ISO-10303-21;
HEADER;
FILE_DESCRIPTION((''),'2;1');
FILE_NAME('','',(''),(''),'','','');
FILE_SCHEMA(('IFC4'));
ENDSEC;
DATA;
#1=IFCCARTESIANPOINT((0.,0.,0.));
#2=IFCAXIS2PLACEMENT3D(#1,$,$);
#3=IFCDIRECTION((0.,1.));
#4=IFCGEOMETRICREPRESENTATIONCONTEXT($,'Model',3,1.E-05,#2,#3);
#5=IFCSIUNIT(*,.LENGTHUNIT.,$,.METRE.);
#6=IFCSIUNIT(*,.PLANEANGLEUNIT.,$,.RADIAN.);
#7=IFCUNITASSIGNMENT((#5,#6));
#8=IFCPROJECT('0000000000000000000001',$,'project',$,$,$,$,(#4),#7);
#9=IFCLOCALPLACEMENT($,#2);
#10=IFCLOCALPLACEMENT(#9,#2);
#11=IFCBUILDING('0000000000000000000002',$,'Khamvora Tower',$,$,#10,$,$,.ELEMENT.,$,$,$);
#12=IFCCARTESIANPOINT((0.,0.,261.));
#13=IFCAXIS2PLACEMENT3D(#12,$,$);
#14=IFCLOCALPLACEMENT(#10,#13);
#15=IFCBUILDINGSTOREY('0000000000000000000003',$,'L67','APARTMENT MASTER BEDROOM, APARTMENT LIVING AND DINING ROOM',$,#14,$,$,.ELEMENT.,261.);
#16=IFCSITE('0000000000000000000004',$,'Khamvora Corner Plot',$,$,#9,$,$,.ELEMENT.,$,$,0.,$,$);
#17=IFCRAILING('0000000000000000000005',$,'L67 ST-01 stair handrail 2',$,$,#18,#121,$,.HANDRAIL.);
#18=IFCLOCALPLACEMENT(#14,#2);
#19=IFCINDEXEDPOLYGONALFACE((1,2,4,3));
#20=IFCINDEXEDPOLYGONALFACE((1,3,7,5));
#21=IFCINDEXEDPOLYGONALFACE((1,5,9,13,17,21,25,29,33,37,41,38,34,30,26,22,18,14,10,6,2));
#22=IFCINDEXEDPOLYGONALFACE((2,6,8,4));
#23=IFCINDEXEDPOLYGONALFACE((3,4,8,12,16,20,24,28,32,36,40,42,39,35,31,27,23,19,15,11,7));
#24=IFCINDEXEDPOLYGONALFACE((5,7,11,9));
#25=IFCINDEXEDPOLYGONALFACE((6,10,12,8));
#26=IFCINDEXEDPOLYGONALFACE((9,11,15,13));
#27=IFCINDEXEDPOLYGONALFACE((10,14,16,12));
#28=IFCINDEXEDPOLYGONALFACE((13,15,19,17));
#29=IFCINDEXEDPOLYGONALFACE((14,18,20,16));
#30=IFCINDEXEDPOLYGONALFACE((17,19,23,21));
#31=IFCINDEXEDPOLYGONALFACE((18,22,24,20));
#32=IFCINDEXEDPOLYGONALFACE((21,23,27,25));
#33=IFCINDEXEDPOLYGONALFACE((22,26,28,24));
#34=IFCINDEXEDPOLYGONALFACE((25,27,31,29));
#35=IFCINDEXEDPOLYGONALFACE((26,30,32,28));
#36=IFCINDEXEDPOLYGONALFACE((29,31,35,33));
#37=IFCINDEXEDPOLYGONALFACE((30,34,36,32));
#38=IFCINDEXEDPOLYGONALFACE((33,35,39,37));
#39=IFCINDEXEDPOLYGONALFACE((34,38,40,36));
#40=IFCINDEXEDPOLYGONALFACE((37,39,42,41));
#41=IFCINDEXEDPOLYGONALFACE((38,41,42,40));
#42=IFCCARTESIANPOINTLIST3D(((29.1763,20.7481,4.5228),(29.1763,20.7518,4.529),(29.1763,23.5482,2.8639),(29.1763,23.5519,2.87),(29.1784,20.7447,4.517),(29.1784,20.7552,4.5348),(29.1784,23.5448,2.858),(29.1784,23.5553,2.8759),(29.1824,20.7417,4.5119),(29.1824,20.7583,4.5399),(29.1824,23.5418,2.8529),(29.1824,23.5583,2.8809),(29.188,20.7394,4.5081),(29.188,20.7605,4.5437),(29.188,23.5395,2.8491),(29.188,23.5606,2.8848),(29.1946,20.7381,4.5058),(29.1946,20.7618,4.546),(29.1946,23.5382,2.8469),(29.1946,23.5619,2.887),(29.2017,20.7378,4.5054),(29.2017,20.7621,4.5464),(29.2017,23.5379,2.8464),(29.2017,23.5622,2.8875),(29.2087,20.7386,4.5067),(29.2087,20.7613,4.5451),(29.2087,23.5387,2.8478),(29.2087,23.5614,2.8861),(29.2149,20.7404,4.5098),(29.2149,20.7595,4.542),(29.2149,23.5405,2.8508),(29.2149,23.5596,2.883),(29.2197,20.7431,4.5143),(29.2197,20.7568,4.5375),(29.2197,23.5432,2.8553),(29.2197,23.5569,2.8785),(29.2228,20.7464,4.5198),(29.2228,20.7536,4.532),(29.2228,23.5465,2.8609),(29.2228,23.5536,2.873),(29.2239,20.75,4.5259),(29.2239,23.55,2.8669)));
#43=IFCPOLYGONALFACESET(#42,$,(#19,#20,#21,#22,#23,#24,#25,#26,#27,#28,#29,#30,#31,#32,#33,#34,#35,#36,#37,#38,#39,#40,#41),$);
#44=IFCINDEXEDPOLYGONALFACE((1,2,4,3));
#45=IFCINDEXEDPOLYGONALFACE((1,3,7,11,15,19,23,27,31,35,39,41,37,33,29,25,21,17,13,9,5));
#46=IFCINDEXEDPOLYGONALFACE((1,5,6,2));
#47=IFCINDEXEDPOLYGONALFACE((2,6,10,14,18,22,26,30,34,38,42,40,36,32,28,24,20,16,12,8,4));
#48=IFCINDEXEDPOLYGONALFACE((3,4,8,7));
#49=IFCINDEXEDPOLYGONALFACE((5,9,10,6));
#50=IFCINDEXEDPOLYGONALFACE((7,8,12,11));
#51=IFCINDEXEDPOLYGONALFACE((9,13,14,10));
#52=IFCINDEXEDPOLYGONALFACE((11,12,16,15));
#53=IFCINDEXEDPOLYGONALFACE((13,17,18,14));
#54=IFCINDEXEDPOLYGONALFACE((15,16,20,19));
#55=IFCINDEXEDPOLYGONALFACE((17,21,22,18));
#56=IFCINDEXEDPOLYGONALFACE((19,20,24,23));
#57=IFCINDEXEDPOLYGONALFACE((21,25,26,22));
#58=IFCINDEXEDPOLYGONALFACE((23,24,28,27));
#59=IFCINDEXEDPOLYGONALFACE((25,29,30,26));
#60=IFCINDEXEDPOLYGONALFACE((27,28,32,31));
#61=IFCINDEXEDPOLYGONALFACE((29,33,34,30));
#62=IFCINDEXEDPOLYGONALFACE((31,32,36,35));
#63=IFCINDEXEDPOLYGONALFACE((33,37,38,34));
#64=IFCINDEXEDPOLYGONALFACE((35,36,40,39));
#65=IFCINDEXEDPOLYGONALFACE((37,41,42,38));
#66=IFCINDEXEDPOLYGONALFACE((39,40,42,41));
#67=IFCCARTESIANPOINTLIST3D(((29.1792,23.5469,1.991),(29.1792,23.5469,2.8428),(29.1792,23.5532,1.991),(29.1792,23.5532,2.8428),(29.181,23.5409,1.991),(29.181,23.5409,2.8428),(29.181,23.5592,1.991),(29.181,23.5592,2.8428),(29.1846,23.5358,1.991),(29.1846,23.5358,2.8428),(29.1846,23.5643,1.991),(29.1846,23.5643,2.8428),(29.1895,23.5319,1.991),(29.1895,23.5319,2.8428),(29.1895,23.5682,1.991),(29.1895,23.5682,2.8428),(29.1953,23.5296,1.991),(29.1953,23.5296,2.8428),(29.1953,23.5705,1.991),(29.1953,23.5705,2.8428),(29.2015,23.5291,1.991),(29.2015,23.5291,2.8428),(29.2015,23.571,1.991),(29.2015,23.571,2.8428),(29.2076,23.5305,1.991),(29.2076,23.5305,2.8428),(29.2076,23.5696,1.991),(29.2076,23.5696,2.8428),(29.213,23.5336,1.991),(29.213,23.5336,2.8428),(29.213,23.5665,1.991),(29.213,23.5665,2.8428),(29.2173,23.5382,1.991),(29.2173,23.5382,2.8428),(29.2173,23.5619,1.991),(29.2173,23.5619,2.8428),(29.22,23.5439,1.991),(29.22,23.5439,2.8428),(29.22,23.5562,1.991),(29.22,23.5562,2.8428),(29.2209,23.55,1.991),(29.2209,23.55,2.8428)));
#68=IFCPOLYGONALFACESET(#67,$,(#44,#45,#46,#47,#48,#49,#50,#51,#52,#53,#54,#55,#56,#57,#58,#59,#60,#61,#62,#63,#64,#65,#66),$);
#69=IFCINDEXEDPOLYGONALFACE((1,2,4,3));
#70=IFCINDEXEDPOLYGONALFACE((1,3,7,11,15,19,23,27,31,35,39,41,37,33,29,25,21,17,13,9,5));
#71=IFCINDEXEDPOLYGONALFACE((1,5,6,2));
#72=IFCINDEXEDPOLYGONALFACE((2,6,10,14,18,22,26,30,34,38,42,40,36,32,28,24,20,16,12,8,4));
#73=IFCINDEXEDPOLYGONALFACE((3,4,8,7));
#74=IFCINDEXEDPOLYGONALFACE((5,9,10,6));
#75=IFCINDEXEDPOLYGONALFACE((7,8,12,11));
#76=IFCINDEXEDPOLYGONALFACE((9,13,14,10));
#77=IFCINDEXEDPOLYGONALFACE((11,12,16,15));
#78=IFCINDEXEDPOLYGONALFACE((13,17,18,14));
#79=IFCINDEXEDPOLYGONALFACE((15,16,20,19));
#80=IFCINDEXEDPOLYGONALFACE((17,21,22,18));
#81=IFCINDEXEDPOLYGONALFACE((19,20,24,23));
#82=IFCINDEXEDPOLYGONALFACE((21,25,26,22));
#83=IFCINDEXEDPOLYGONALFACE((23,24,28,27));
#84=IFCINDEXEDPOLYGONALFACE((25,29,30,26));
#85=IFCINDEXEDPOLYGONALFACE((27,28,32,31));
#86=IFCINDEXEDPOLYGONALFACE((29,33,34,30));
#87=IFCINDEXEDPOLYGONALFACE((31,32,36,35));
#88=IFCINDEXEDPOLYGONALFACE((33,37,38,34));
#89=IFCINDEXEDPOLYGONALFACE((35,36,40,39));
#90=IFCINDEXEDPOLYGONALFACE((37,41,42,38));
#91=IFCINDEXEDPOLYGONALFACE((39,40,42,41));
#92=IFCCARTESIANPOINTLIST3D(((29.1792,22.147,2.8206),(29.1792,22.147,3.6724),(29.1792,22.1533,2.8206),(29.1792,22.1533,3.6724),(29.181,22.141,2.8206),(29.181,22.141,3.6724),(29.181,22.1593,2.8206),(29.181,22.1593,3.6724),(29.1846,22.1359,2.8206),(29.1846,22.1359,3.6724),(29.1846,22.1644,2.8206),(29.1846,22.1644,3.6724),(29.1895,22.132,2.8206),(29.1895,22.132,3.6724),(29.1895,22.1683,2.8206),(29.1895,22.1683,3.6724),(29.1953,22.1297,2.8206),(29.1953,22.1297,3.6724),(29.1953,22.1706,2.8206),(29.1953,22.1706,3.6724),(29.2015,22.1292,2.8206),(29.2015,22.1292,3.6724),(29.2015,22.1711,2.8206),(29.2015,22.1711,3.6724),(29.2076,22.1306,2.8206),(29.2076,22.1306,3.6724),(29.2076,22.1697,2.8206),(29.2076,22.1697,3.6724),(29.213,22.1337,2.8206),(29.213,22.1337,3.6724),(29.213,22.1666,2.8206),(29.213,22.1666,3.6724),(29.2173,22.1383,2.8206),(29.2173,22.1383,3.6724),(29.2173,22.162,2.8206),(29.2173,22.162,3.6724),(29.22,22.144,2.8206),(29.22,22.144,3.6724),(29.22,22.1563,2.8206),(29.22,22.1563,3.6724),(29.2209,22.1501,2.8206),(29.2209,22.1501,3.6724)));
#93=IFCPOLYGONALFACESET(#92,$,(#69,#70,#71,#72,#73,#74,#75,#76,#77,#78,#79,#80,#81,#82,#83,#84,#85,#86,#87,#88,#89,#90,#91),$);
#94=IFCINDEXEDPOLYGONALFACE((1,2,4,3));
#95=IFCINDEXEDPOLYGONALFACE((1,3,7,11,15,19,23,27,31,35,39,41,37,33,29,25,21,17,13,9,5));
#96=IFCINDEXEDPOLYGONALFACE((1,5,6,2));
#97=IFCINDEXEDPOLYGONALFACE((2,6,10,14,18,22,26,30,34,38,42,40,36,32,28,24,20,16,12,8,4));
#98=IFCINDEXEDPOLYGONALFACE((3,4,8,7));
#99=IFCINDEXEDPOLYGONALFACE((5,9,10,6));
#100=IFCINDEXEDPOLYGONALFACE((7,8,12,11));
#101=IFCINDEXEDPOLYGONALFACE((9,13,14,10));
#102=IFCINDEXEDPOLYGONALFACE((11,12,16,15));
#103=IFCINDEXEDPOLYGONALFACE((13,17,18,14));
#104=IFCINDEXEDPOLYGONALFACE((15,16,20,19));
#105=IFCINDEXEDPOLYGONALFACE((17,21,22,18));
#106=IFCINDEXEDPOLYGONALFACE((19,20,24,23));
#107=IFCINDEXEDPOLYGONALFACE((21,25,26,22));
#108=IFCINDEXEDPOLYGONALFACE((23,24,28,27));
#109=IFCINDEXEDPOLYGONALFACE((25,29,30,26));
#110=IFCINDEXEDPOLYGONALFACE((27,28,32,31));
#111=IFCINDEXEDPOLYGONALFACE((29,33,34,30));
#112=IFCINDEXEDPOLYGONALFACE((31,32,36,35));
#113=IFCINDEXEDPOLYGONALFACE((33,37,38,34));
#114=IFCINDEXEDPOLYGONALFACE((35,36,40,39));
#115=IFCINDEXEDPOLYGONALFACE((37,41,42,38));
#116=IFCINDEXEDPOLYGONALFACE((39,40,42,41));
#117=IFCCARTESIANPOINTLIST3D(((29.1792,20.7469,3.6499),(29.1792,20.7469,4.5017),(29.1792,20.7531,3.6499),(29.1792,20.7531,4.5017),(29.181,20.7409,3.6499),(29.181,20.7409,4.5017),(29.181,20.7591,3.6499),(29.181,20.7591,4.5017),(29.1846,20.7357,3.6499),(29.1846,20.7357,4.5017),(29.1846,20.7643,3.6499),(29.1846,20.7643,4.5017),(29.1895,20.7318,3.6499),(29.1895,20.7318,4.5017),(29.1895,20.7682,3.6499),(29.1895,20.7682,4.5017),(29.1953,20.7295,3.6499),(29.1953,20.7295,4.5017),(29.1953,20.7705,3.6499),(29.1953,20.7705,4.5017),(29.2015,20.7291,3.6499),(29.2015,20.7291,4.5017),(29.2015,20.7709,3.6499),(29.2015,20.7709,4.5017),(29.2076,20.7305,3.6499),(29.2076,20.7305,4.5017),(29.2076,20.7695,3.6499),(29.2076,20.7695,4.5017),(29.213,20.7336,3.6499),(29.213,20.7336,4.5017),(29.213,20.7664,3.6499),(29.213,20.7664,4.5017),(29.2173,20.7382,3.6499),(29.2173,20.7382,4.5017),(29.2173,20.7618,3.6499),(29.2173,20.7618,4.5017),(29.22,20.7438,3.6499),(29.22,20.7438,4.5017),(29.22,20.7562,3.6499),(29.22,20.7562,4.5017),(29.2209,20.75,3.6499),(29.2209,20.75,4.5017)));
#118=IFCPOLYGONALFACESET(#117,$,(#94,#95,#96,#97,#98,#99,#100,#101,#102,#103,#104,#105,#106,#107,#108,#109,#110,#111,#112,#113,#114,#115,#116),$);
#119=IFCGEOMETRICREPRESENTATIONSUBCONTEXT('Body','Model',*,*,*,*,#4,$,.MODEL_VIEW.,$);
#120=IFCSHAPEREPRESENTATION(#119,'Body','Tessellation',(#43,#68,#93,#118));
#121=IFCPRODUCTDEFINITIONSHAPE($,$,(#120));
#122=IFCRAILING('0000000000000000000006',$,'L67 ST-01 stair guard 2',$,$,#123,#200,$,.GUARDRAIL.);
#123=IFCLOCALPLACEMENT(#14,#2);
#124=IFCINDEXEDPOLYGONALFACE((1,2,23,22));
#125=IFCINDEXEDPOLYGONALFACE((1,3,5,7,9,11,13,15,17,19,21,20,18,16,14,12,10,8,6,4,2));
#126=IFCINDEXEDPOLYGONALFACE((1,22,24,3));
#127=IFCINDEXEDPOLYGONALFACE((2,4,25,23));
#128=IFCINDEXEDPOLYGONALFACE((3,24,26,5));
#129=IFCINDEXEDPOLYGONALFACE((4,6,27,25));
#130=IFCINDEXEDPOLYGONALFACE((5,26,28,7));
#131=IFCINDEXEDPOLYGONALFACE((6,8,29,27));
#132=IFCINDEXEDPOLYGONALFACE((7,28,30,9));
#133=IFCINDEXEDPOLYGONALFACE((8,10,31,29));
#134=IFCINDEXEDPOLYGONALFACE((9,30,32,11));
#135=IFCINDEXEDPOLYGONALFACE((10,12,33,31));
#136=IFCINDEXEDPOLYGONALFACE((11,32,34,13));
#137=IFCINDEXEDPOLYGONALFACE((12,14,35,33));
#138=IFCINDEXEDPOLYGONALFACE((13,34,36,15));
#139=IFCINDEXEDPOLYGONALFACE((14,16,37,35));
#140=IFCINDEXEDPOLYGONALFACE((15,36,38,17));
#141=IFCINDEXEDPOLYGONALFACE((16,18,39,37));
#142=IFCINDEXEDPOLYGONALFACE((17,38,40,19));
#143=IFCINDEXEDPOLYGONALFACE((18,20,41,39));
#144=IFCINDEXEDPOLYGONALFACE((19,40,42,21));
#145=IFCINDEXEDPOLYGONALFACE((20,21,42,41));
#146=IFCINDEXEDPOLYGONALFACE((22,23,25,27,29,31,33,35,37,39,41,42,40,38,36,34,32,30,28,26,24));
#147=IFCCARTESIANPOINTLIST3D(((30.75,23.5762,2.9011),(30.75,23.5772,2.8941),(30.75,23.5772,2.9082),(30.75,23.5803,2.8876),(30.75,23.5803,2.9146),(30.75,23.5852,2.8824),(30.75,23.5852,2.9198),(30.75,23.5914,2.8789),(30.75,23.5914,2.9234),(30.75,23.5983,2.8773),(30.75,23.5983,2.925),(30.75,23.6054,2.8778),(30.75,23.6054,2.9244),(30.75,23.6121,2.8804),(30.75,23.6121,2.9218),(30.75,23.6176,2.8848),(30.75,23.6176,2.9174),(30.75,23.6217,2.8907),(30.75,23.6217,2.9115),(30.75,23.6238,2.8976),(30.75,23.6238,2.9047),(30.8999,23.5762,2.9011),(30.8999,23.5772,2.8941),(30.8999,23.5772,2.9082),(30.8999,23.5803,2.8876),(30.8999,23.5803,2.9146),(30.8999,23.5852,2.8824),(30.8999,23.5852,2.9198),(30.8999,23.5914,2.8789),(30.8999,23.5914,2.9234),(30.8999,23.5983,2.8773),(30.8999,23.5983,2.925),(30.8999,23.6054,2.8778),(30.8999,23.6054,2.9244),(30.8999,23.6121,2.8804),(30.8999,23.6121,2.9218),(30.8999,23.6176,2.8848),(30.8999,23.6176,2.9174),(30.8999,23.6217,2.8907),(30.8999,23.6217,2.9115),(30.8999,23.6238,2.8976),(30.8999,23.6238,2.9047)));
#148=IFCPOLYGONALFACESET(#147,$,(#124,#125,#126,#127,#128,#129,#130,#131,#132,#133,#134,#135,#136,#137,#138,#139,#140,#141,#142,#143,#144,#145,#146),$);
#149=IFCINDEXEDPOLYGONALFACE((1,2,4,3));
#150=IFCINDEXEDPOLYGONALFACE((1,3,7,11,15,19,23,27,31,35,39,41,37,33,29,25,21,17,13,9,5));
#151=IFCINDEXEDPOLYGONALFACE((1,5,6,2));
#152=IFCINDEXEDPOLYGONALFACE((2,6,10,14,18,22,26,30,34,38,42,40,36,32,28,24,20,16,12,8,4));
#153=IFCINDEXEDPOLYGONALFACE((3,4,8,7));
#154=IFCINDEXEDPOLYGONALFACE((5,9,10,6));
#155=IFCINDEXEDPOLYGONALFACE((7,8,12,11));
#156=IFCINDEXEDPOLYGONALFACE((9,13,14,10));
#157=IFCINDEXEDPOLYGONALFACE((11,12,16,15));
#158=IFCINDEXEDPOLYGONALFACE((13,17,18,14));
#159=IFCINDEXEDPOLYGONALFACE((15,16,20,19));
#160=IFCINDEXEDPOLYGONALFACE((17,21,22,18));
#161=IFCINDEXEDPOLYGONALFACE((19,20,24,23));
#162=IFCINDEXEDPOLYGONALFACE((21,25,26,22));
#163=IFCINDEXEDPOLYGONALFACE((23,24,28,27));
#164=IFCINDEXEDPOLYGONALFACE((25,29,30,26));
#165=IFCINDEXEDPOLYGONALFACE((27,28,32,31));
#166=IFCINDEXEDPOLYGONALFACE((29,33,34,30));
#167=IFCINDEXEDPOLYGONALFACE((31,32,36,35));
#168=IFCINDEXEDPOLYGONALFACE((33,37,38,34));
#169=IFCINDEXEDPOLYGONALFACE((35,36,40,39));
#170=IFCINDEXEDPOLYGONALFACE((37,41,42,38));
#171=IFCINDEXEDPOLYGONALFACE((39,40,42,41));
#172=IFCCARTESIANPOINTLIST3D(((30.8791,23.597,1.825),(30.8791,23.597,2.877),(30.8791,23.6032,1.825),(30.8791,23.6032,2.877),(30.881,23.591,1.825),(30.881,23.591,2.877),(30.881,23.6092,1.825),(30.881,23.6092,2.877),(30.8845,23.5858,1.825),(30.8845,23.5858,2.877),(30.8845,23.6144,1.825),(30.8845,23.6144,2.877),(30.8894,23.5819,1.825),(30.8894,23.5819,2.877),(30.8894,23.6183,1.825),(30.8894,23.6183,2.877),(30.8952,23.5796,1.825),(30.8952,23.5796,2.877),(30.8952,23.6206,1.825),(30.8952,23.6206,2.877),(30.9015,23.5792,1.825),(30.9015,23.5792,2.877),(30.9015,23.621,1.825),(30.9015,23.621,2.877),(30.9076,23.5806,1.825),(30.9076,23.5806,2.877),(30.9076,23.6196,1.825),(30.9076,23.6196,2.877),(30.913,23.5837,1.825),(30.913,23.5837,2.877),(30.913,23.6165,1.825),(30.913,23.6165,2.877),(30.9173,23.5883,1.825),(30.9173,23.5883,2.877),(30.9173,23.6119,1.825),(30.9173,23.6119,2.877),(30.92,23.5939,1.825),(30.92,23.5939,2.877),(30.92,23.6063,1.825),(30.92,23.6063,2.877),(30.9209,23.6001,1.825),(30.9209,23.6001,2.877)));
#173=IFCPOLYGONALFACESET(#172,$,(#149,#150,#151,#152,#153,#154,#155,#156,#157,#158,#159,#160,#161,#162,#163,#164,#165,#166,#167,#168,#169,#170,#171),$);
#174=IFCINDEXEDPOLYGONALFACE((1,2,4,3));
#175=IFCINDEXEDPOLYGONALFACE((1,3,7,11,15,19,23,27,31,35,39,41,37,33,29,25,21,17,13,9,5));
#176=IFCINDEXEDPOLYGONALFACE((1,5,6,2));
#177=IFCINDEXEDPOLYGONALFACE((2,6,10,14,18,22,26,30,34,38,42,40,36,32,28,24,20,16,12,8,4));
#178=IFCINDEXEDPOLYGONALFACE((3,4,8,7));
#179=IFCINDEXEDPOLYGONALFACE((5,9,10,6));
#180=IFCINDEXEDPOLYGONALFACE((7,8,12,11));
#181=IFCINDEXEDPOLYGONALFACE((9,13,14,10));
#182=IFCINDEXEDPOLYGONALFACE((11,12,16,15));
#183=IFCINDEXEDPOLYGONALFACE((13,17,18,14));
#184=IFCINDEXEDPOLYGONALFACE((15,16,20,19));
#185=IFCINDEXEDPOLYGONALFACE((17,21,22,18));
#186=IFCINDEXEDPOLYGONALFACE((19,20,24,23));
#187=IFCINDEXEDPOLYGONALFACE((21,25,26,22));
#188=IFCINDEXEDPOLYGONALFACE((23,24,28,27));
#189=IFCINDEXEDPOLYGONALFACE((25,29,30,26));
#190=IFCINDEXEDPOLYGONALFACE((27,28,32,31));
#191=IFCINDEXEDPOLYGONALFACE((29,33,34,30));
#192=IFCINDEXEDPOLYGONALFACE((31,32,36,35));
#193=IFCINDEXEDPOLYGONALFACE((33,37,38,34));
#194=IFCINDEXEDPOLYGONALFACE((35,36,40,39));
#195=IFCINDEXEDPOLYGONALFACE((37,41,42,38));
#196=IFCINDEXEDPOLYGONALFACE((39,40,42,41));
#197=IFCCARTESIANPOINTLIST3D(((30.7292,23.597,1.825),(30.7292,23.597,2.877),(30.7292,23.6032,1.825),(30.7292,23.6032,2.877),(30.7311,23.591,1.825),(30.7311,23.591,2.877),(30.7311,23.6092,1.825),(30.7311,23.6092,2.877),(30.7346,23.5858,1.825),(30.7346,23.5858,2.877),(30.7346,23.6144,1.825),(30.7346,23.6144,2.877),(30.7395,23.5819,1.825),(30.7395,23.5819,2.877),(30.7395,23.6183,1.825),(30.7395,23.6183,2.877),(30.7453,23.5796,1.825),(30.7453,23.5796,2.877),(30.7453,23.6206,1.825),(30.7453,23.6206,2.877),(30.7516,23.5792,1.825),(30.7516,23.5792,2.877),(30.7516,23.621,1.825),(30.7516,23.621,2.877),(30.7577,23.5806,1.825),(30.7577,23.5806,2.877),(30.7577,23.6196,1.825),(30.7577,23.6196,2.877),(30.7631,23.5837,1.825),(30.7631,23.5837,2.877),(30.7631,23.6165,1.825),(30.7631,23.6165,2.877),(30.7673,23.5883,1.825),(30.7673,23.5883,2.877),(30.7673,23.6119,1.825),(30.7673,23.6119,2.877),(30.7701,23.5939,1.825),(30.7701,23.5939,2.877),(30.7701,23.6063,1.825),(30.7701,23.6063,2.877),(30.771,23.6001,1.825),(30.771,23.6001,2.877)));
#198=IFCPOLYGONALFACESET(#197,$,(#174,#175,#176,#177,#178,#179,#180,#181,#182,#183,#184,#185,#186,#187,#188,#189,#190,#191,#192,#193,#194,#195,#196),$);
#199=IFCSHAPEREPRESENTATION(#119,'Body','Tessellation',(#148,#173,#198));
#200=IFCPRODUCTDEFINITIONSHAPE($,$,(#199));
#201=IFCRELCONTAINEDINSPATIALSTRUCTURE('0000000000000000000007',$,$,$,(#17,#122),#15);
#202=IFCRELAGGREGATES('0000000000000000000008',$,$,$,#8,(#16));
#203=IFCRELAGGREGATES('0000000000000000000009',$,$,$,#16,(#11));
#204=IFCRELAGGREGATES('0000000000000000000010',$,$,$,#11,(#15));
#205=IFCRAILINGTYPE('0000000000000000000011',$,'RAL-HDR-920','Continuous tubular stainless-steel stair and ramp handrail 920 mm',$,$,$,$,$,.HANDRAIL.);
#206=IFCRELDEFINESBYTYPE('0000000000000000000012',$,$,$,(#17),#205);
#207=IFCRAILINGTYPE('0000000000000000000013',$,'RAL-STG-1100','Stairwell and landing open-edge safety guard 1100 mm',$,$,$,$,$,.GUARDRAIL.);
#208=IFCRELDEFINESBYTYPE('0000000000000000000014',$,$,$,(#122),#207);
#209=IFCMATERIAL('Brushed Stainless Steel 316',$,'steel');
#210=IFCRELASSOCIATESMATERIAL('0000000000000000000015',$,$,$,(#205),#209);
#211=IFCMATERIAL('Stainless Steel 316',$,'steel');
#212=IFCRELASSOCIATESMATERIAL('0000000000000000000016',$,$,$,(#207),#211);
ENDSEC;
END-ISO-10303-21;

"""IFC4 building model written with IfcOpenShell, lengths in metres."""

from ifc_helpers import new_model, si_unit, direction, frame, origin, origin_2d, place, context, subcontext, project, spatial, circle, extrude, material, type_object, element, save


model = new_model("IFC4")

# Units and contexts
model_context = context("Model", 3, precision=1e-05, world=origin(), true_north=direction((0.0, 1.0)))
body_context = subcontext(model_context, "Body", "Model", "MODEL_VIEW")
ifc_project = project(units=[si_unit("LENGTHUNIT", "METRE"), si_unit("PLANEANGLEUNIT", "RADIAN")], contexts=[model_context])

# Site, building, storey
site_placement = place(None, origin())
site = spatial("IfcSite", under=ifc_project, at=site_placement, Name="Khamvora Corner Plot", CompositionType="ELEMENT", RefElevation=0.0)
building_placement = place(site_placement, origin())
building = spatial("IfcBuilding", under=site, at=building_placement, Name="Khamvora Tower", CompositionType="ELEMENT")
storey_placement = place(building_placement, frame((0.0, 0.0, 261.0)))
storey = spatial("IfcBuildingStorey", under=building, at=storey_placement, Name="L67", Description="APARTMENT MASTER BEDROOM, APARTMENT LIVING AND DINING ROOM", CompositionType="ELEMENT", Elevation=261.0)

# Railings
ifc_material_1 = material(Name="Brushed Stainless Steel 316", Category="steel")
railing_type_1 = type_object("IfcRailingType", Name="RAL-HDR-920", Description="Continuous tubular stainless-steel stair and ramp handrail 920 mm", PredefinedType="HANDRAIL", material=ifc_material_1)
railing_1_placement = place(storey_placement, frame((29.2, 23.55, 1.991)))
element("IfcRailing", 1, at=railing_1_placement, inside=storey, type_object=railing_type_1, Name="L67 ST-01 stair handrail 2", PredefinedType="HANDRAIL", context=body_context, shape_type="SweptSolid", body=[
    extrude(circle(Radius=0.0239, at=origin_2d()), frame((0.0, 0.0, 0.876), z_axis=(0.0, -0.860339, 0.509722), x_axis=(1.0, 0.0, 0.0)), (0.0, 0.0, 1.0), 3.2546),
    extrude(circle(Radius=0.021, at=origin_2d()), origin(), (0.0, 0.0, 1.0), 0.8518),
    extrude(circle(Radius=0.021, at=origin_2d()), frame((0.0, -1.3999, 0.8296)), (0.0, 0.0, 1.0), 0.8518),
    extrude(circle(Radius=0.021, at=origin_2d()), frame((0.0, -2.8, 1.6589)), (0.0, 0.0, 1.0), 0.8518),
])
ifc_material_2 = material(Name="Stainless Steel 316", Category="steel")
railing_type_2 = type_object("IfcRailingType", Name="RAL-STG-1100", Description="Stairwell and landing open-edge safety guard 1100 mm", PredefinedType="GUARDRAIL", material=ifc_material_2)
railing_2_placement = place(storey_placement, frame((30.8999, 23.6001, 1.825)))
element("IfcRailing", 2, at=railing_2_placement, inside=storey, type_object=railing_type_2, Name="L67 ST-01 stair guard 2", PredefinedType="GUARDRAIL", context=body_context, shape_type="SweptSolid", body=[
    extrude(circle(Radius=0.0239, at=origin_2d()), frame((0.0, 0.0, 1.0762), z_axis=(-1.0, 0.0, 0.0), x_axis=(0.0, -1.0, 0.0)), (0.0, 0.0, 1.0), 0.1499),
    extrude(circle(Radius=0.021, at=origin_2d()), origin(), (0.0, 0.0, 1.0), 1.052),
    extrude(circle(Radius=0.021, at=origin_2d()), frame((-0.1499, 0.0, 0.0)), (0.0, 0.0, 1.0), 1.052),
])

save(model, "model.ifc")
